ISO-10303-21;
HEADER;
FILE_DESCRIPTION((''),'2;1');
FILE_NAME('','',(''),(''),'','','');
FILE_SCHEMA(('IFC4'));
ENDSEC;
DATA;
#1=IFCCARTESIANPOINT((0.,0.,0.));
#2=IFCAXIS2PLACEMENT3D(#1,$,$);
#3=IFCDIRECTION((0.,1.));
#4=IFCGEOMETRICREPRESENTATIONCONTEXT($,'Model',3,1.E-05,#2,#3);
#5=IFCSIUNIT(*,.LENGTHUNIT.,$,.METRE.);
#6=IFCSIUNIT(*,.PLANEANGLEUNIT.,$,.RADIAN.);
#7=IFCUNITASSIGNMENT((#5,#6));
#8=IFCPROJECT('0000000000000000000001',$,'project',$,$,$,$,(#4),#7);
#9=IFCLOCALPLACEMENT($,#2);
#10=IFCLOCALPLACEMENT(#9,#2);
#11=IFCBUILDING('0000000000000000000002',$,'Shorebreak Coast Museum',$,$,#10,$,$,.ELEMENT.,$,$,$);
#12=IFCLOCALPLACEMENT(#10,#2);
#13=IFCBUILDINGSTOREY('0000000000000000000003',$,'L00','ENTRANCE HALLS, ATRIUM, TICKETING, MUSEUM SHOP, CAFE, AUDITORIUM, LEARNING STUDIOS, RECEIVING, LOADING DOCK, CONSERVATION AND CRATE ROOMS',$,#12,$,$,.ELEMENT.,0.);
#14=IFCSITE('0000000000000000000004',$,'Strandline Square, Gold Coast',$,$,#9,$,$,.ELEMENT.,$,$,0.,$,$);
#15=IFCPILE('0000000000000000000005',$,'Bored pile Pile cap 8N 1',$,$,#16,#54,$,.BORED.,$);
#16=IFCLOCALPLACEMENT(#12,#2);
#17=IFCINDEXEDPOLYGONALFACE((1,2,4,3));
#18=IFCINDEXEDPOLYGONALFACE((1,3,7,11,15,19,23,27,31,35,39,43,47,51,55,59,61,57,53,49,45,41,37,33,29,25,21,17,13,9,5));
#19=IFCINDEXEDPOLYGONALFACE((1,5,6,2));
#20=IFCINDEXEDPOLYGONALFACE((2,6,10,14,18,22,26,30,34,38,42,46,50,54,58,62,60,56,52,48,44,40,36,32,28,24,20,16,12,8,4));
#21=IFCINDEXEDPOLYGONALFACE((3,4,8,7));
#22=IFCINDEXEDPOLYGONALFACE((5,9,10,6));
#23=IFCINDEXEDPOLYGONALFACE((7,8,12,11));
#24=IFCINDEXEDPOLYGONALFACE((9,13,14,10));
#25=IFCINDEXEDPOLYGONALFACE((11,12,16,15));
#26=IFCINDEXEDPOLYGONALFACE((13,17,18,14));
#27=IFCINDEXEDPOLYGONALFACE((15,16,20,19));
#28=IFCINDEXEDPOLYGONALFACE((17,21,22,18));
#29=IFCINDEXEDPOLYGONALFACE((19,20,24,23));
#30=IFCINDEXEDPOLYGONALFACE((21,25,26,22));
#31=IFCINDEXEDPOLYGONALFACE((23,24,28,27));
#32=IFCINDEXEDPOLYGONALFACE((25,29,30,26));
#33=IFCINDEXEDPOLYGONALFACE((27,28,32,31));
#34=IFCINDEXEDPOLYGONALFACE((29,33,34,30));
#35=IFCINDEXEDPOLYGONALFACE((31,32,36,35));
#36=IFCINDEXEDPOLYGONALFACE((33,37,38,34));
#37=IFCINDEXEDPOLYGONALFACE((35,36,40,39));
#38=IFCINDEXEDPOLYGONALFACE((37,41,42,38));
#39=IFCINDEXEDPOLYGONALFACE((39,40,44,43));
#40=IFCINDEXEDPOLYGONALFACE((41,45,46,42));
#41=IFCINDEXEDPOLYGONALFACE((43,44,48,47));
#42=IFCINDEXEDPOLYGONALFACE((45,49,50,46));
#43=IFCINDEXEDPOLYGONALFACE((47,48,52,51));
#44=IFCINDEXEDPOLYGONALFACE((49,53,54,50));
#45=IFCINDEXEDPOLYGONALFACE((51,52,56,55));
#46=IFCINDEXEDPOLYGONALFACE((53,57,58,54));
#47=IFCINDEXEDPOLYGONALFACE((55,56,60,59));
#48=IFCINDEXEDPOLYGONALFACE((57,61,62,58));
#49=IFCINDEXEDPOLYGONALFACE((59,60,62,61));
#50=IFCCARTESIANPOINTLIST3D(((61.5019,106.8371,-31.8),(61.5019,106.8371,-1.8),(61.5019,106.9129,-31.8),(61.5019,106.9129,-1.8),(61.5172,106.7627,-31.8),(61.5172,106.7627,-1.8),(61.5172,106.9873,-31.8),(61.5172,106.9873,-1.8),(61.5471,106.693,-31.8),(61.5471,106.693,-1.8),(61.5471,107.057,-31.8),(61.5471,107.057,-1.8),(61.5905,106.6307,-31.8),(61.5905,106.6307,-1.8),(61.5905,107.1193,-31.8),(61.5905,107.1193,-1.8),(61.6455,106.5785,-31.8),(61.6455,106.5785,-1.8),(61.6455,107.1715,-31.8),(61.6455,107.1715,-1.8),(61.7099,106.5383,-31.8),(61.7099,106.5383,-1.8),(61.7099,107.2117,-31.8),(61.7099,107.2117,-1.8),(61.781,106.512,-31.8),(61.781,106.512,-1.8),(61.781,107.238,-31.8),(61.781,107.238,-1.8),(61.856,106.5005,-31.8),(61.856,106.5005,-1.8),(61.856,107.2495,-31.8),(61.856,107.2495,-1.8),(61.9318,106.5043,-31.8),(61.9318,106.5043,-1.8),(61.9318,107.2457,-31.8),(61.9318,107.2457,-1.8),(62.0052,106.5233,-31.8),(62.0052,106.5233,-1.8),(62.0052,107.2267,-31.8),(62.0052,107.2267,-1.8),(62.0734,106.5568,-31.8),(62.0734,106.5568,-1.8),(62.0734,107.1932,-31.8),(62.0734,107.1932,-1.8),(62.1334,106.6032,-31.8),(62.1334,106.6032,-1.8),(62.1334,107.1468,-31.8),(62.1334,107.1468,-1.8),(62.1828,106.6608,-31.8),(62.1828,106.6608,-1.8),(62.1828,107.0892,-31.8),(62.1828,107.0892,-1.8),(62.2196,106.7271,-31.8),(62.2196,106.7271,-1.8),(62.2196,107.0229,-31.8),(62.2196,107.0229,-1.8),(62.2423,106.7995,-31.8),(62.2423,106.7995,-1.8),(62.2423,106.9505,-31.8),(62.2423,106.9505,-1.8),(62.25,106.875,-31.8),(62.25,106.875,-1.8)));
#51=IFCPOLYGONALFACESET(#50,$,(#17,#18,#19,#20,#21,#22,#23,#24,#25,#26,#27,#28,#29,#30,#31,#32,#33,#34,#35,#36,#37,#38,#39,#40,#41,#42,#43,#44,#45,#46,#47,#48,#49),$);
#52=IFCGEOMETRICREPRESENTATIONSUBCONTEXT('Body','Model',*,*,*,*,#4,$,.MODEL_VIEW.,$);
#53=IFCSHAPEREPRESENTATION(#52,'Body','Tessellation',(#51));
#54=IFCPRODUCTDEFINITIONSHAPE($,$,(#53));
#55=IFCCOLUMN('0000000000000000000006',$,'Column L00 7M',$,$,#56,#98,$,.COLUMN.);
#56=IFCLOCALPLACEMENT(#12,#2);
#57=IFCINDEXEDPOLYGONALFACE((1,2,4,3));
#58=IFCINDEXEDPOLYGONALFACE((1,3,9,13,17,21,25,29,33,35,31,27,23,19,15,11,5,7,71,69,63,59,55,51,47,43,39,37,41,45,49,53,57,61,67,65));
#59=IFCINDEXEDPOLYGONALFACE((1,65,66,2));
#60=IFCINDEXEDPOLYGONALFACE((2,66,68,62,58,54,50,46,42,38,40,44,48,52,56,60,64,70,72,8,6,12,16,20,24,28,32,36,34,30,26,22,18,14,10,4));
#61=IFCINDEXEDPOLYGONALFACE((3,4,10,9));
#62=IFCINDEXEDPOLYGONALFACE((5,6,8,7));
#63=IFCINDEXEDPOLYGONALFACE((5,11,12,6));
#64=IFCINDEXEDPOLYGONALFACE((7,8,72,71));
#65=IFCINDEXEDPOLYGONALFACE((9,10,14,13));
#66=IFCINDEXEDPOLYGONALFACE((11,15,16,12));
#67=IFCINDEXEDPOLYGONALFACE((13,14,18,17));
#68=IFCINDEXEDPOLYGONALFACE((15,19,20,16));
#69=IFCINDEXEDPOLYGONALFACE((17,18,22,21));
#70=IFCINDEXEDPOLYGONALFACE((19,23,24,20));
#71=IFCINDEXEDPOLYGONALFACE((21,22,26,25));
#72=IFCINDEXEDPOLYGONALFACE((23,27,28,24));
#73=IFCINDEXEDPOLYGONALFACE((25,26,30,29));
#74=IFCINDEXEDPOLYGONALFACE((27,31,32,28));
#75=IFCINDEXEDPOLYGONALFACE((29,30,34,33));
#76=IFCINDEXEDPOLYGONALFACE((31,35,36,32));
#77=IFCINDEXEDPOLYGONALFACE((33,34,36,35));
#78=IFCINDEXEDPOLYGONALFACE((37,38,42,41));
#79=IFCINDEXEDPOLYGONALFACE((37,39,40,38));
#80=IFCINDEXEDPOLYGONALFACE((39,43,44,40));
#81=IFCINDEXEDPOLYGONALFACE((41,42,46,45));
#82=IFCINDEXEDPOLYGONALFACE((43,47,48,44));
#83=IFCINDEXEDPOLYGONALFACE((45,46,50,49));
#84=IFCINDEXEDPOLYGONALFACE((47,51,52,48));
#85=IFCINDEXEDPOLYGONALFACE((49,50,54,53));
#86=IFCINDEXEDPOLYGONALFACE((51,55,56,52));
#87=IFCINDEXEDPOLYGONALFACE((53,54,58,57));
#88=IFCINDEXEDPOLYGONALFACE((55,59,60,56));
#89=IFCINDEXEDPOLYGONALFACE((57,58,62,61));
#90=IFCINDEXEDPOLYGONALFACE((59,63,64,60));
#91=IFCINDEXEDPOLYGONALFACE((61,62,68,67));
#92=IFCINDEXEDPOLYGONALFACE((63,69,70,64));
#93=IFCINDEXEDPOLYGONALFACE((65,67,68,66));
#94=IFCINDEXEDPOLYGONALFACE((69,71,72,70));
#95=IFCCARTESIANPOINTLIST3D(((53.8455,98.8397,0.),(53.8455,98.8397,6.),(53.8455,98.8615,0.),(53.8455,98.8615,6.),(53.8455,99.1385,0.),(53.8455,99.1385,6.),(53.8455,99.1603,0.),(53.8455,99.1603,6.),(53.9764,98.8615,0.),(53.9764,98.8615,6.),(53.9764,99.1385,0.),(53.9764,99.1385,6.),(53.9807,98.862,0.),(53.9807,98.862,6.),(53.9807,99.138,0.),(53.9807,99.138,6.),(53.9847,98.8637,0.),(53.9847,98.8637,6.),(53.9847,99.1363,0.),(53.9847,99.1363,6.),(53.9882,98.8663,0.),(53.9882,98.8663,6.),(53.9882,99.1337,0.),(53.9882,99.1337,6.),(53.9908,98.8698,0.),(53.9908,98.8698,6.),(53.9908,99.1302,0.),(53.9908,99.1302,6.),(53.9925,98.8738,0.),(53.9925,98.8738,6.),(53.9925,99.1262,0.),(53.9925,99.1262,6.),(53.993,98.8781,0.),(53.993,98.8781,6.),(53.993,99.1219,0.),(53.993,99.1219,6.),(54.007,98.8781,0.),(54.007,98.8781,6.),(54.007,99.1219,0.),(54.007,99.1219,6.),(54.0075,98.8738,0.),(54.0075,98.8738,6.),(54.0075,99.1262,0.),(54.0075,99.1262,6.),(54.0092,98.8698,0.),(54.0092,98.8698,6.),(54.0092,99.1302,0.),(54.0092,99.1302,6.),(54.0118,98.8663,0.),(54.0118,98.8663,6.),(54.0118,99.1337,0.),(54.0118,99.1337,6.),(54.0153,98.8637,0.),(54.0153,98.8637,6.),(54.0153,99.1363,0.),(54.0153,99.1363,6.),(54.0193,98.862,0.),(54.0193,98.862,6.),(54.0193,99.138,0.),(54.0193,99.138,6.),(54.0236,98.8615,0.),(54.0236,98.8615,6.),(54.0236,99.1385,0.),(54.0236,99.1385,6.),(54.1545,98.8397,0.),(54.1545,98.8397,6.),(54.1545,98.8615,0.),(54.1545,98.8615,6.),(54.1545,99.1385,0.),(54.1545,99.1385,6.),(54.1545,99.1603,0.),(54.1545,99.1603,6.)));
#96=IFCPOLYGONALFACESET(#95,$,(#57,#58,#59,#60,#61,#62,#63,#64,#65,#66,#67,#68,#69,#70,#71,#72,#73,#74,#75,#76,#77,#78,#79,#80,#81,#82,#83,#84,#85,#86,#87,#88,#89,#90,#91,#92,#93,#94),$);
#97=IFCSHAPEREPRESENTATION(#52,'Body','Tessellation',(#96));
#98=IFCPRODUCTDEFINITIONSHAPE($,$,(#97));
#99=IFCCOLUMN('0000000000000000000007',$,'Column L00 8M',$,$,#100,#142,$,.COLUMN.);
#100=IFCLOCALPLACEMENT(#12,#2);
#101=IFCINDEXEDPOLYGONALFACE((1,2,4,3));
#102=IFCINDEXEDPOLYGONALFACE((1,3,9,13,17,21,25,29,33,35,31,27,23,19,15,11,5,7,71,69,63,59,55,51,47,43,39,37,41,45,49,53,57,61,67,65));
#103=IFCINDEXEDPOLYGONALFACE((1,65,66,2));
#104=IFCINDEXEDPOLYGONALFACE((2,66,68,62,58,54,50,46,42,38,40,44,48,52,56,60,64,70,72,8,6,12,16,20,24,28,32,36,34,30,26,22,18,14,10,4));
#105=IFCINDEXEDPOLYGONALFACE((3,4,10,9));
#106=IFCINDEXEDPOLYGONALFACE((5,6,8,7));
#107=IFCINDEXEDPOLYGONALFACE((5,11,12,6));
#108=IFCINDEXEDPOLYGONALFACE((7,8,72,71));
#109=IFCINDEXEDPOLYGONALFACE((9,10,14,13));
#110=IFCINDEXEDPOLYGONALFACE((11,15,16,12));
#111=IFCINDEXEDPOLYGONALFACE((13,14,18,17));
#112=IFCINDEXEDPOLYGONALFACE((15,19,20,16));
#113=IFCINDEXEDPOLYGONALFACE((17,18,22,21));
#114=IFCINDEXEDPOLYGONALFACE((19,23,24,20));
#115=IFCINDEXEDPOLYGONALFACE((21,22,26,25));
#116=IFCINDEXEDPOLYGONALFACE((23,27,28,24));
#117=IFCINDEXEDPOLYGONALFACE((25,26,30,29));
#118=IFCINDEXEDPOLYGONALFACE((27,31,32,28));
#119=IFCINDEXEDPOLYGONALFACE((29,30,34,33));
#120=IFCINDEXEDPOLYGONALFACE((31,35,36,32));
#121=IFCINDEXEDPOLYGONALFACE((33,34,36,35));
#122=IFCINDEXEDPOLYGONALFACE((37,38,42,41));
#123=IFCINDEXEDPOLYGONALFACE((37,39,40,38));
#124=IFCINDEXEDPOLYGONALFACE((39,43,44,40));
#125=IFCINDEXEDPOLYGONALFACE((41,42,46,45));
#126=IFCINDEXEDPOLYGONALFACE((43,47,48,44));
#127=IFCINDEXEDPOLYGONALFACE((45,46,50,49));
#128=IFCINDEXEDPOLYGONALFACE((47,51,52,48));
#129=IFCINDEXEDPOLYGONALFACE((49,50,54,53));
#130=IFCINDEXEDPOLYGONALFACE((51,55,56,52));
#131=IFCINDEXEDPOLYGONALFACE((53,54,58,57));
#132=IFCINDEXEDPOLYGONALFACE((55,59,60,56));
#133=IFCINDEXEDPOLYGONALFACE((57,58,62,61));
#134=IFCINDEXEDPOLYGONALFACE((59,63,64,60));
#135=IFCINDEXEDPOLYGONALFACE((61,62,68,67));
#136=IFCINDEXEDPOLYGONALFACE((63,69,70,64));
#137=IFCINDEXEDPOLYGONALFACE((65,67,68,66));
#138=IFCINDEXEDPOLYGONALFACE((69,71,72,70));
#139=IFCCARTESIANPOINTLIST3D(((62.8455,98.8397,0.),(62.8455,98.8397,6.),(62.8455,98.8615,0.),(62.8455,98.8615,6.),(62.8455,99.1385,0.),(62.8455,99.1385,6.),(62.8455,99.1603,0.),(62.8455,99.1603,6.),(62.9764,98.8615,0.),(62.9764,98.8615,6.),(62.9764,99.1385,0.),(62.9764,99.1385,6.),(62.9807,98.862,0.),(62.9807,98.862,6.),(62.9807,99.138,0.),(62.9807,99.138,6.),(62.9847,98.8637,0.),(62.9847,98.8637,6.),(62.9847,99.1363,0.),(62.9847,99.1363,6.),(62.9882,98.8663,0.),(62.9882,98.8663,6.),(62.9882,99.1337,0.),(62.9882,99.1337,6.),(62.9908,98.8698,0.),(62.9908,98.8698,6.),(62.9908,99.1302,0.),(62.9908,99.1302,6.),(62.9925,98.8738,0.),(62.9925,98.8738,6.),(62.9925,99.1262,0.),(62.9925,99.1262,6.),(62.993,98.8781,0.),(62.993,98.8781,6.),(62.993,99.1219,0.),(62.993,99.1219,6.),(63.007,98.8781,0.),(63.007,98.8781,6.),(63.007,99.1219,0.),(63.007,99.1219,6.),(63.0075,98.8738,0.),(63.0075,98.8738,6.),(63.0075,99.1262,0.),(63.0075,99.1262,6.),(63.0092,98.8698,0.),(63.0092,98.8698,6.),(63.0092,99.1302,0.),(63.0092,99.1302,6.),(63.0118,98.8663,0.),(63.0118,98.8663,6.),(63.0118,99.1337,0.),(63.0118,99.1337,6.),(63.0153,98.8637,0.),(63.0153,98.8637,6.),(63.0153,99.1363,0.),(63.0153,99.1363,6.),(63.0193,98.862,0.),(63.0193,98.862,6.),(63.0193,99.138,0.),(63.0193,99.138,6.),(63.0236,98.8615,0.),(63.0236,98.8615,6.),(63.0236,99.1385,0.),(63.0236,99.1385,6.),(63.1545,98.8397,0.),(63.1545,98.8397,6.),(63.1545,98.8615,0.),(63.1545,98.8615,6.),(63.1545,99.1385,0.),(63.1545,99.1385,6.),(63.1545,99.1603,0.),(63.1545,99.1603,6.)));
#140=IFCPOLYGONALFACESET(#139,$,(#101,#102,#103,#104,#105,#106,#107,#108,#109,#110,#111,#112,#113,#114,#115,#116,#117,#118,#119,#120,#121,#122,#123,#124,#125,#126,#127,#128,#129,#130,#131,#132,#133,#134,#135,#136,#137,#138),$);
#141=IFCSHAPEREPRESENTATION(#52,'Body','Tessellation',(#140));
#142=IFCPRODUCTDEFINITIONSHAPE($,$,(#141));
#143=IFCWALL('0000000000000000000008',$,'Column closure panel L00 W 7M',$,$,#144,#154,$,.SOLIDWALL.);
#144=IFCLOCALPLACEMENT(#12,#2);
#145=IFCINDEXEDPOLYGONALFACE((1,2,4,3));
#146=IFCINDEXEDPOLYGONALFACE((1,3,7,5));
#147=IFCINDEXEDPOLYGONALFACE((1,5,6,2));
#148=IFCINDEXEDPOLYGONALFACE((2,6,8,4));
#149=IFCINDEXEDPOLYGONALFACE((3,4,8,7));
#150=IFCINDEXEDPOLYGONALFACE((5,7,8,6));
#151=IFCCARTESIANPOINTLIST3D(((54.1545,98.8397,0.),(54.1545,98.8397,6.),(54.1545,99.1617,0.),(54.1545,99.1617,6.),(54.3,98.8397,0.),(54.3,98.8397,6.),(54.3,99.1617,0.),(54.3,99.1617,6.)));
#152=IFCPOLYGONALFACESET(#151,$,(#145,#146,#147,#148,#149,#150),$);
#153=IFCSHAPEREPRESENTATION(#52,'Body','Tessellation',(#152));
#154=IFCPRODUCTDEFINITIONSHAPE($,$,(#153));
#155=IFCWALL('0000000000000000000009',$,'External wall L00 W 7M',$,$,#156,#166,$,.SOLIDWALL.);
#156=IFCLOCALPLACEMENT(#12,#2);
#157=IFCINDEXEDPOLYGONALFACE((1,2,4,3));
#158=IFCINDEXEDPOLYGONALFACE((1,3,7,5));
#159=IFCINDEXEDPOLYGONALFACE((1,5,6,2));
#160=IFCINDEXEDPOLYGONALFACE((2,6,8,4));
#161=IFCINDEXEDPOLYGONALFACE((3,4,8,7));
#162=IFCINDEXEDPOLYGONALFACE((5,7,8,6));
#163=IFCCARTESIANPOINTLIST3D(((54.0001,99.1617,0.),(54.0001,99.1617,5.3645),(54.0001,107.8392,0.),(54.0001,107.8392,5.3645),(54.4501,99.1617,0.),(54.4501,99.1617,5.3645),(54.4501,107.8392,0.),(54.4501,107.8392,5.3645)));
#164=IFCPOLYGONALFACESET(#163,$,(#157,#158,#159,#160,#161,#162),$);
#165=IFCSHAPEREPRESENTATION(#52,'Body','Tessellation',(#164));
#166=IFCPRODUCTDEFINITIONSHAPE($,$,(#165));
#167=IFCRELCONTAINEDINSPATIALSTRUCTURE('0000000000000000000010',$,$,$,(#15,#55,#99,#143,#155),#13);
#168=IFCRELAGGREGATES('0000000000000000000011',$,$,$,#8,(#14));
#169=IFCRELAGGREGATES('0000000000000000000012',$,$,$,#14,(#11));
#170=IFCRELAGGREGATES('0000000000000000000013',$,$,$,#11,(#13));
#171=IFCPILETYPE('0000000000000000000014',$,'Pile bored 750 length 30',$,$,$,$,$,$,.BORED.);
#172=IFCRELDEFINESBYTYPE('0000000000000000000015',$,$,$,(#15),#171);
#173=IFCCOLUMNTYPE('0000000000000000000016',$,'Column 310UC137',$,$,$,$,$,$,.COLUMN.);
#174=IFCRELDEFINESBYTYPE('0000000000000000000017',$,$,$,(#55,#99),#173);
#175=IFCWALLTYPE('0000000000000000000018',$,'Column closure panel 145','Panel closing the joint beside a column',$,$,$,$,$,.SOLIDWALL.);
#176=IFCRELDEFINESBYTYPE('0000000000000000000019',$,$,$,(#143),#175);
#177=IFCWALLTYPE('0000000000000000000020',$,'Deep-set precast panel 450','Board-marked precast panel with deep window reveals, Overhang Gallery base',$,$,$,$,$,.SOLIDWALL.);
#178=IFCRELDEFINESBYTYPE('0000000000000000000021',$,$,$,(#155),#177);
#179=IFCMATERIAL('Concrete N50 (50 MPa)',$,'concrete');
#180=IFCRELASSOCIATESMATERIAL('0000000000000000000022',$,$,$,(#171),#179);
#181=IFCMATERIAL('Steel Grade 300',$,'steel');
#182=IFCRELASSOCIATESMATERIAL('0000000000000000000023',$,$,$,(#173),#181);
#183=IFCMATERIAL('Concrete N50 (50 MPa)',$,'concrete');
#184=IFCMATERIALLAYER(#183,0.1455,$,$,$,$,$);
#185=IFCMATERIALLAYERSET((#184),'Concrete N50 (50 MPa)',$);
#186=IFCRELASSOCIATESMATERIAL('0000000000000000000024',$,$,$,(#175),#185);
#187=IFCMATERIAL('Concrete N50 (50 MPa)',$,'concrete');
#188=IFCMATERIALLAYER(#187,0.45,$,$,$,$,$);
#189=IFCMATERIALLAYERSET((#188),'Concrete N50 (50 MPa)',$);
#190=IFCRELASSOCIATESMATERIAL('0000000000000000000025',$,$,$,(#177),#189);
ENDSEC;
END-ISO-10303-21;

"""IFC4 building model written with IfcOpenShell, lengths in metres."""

from ifc_helpers import new_model, si_unit, direction, frame, frame_2d, origin, origin_2d, place, context, subcontext, project, spatial, rectangle, circle, i_section, extrude, material, layer, layer_set, material_profile, profile_set, type_object, element, save


model = new_model("IFC4")

# Units and contexts
model_context = context("Model", 3, precision=1e-05, world=origin(), true_north=direction((0.0, 1.0)))
body_context = subcontext(model_context, "Body", "Model", "MODEL_VIEW")
ifc_project = project(units=[si_unit("LENGTHUNIT", "METRE"), si_unit("PLANEANGLEUNIT", "RADIAN")], contexts=[model_context])

# Site, building, storey
site_placement = place(None, origin())
site = spatial("IfcSite", under=ifc_project, at=site_placement, Name="Strandline Square, Gold Coast", CompositionType="ELEMENT", RefElevation=0.0)
building_placement = place(site_placement, origin())
building = spatial("IfcBuilding", under=site, at=building_placement, Name="Shorebreak Coast Museum", CompositionType="ELEMENT")
storey_placement = place(building_placement, origin())
storey = spatial("IfcBuildingStorey", under=building, at=storey_placement, Name="L00", Description="ENTRANCE HALLS, ATRIUM, TICKETING, MUSEUM SHOP, CAFE, AUDITORIUM, LEARNING STUDIOS, RECEIVING, LOADING DOCK, CONSERVATION AND CRATE ROOMS", CompositionType="ELEMENT", Elevation=0.0)

# Pile
ifc_material_1 = material(Name="Concrete N50 (50 MPa)", Category="concrete")
ifc_material_profile_1 = material_profile(ifc_material_1, circle(Radius=0.375, at=origin_2d()), Name="Pile bored 750 length 30")
ifc_profile_set_1 = profile_set([ifc_material_profile_1], Name="Concrete N50 (50 MPa)")
pile_type_1 = type_object("IfcPileType", Name="Pile bored 750 length 30", PredefinedType="BORED", material=ifc_profile_set_1)
pile_1_placement = place(storey_placement, frame((61.875, 106.875, -1.8), z_axis=(0.0, 0.0, -1.0), x_axis=(1.0, 0.0, 0.0)))
element("IfcPile", 1, at=pile_1_placement, inside=storey, type_object=pile_type_1, Name="Bored pile Pile cap 8N 1", PredefinedType="BORED", context=body_context, shape_type="SweptSolid", body=[
    extrude(circle(Radius=0.375, at=origin_2d()), origin(), (0.0, 0.0, 1.0), 30.0),
])

# Columns
ifc_material_2 = material(Name="Steel Grade 300", Category="steel")
ifc_material_profile_2 = material_profile(ifc_material_2, i_section(OverallWidth=0.3091, OverallDepth=0.3206, WebThickness=0.0139, FlangeThickness=0.0217, FilletRadius=0.0166, at=origin_2d()), Name="310UC137")
ifc_profile_set_2 = profile_set([ifc_material_profile_2], Name="Steel Grade 300")
column_type = type_object("IfcColumnType", Name="Column 310UC137", PredefinedType="COLUMN", material=ifc_profile_set_2)
for number, where, z_axis, x_axis, name in (
    (2, (54.0, 99.0, 0.0), (0.0, 0.0, 1.0), (1.0, 0.0, 0.0), "Column L00 7M"),
    (3, (63.0, 99.0, 0.0), (0.0, 0.0, 1.0), (1.0, 0.0, 0.0), "Column L00 8M"),
):
    element("IfcColumn", number, at=place(storey_placement, frame(where, z_axis=z_axis, x_axis=x_axis)), inside=storey, type_object=column_type, Name=name, PredefinedType="COLUMN", context=body_context, shape_type="SweptSolid", body=[
        extrude(i_section(OverallWidth=0.3091, OverallDepth=0.3206, WebThickness=0.0139, FlangeThickness=0.0217, FilletRadius=0.0166, at=origin_2d()), origin(), (0.0, 0.0, 1.0), 6.0),
    ])

# Walls
ifc_material_3 = material(Name="Concrete N50 (50 MPa)", Category="concrete")
ifc_layer_1 = layer(ifc_material_3, 0.1455)
ifc_layer_set_1 = layer_set([ifc_layer_1], Name="Concrete N50 (50 MPa)")
wall_type_1 = type_object("IfcWallType", Name="Column closure panel 145", Description="Panel closing the joint beside a column", PredefinedType="SOLIDWALL", material=ifc_layer_set_1)
wall_1_placement = place(storey_placement, frame((54.2273, 98.8396, 0.0), z_axis=(0.0, 0.0, 1.0), x_axis=(0.0, 1.0, 0.0)))
element("IfcWall", 4, at=wall_1_placement, inside=storey, type_object=wall_type_1, Name="Column closure panel L00 W 7M", PredefinedType="SOLIDWALL", context=body_context, shape_type="SweptSolid", body=[
    extrude(rectangle(XDim=0.322, YDim=0.1455, at=frame_2d((0.1611, 0.0))), origin(), (0.0, 0.0, 1.0), 6.0),
])
ifc_material_4 = material(Name="Concrete N50 (50 MPa)", Category="concrete")
ifc_layer_2 = layer(ifc_material_4, 0.45)
ifc_layer_set_2 = layer_set([ifc_layer_2], Name="Concrete N50 (50 MPa)")
wall_type_2 = type_object("IfcWallType", Name="Deep-set precast panel 450", Description="Board-marked precast panel with deep window reveals, Overhang Gallery base", PredefinedType="SOLIDWALL", material=ifc_layer_set_2)
wall_2_placement = place(storey_placement, frame((54.2251, 99.1616, 0.0), z_axis=(0.0, 0.0, 1.0), x_axis=(0.0, 1.0, 0.0)))
element("IfcWall", 5, at=wall_2_placement, inside=storey, type_object=wall_type_2, Name="External wall L00 W 7M", PredefinedType="SOLIDWALL", context=body_context, shape_type="SweptSolid", body=[
    extrude(rectangle(XDim=8.6775, YDim=0.45, at=frame_2d((4.3389, 0.0))), origin(), (0.0, 0.0, 1.0), 5.3645),
])

save(model, "model.ifc")
